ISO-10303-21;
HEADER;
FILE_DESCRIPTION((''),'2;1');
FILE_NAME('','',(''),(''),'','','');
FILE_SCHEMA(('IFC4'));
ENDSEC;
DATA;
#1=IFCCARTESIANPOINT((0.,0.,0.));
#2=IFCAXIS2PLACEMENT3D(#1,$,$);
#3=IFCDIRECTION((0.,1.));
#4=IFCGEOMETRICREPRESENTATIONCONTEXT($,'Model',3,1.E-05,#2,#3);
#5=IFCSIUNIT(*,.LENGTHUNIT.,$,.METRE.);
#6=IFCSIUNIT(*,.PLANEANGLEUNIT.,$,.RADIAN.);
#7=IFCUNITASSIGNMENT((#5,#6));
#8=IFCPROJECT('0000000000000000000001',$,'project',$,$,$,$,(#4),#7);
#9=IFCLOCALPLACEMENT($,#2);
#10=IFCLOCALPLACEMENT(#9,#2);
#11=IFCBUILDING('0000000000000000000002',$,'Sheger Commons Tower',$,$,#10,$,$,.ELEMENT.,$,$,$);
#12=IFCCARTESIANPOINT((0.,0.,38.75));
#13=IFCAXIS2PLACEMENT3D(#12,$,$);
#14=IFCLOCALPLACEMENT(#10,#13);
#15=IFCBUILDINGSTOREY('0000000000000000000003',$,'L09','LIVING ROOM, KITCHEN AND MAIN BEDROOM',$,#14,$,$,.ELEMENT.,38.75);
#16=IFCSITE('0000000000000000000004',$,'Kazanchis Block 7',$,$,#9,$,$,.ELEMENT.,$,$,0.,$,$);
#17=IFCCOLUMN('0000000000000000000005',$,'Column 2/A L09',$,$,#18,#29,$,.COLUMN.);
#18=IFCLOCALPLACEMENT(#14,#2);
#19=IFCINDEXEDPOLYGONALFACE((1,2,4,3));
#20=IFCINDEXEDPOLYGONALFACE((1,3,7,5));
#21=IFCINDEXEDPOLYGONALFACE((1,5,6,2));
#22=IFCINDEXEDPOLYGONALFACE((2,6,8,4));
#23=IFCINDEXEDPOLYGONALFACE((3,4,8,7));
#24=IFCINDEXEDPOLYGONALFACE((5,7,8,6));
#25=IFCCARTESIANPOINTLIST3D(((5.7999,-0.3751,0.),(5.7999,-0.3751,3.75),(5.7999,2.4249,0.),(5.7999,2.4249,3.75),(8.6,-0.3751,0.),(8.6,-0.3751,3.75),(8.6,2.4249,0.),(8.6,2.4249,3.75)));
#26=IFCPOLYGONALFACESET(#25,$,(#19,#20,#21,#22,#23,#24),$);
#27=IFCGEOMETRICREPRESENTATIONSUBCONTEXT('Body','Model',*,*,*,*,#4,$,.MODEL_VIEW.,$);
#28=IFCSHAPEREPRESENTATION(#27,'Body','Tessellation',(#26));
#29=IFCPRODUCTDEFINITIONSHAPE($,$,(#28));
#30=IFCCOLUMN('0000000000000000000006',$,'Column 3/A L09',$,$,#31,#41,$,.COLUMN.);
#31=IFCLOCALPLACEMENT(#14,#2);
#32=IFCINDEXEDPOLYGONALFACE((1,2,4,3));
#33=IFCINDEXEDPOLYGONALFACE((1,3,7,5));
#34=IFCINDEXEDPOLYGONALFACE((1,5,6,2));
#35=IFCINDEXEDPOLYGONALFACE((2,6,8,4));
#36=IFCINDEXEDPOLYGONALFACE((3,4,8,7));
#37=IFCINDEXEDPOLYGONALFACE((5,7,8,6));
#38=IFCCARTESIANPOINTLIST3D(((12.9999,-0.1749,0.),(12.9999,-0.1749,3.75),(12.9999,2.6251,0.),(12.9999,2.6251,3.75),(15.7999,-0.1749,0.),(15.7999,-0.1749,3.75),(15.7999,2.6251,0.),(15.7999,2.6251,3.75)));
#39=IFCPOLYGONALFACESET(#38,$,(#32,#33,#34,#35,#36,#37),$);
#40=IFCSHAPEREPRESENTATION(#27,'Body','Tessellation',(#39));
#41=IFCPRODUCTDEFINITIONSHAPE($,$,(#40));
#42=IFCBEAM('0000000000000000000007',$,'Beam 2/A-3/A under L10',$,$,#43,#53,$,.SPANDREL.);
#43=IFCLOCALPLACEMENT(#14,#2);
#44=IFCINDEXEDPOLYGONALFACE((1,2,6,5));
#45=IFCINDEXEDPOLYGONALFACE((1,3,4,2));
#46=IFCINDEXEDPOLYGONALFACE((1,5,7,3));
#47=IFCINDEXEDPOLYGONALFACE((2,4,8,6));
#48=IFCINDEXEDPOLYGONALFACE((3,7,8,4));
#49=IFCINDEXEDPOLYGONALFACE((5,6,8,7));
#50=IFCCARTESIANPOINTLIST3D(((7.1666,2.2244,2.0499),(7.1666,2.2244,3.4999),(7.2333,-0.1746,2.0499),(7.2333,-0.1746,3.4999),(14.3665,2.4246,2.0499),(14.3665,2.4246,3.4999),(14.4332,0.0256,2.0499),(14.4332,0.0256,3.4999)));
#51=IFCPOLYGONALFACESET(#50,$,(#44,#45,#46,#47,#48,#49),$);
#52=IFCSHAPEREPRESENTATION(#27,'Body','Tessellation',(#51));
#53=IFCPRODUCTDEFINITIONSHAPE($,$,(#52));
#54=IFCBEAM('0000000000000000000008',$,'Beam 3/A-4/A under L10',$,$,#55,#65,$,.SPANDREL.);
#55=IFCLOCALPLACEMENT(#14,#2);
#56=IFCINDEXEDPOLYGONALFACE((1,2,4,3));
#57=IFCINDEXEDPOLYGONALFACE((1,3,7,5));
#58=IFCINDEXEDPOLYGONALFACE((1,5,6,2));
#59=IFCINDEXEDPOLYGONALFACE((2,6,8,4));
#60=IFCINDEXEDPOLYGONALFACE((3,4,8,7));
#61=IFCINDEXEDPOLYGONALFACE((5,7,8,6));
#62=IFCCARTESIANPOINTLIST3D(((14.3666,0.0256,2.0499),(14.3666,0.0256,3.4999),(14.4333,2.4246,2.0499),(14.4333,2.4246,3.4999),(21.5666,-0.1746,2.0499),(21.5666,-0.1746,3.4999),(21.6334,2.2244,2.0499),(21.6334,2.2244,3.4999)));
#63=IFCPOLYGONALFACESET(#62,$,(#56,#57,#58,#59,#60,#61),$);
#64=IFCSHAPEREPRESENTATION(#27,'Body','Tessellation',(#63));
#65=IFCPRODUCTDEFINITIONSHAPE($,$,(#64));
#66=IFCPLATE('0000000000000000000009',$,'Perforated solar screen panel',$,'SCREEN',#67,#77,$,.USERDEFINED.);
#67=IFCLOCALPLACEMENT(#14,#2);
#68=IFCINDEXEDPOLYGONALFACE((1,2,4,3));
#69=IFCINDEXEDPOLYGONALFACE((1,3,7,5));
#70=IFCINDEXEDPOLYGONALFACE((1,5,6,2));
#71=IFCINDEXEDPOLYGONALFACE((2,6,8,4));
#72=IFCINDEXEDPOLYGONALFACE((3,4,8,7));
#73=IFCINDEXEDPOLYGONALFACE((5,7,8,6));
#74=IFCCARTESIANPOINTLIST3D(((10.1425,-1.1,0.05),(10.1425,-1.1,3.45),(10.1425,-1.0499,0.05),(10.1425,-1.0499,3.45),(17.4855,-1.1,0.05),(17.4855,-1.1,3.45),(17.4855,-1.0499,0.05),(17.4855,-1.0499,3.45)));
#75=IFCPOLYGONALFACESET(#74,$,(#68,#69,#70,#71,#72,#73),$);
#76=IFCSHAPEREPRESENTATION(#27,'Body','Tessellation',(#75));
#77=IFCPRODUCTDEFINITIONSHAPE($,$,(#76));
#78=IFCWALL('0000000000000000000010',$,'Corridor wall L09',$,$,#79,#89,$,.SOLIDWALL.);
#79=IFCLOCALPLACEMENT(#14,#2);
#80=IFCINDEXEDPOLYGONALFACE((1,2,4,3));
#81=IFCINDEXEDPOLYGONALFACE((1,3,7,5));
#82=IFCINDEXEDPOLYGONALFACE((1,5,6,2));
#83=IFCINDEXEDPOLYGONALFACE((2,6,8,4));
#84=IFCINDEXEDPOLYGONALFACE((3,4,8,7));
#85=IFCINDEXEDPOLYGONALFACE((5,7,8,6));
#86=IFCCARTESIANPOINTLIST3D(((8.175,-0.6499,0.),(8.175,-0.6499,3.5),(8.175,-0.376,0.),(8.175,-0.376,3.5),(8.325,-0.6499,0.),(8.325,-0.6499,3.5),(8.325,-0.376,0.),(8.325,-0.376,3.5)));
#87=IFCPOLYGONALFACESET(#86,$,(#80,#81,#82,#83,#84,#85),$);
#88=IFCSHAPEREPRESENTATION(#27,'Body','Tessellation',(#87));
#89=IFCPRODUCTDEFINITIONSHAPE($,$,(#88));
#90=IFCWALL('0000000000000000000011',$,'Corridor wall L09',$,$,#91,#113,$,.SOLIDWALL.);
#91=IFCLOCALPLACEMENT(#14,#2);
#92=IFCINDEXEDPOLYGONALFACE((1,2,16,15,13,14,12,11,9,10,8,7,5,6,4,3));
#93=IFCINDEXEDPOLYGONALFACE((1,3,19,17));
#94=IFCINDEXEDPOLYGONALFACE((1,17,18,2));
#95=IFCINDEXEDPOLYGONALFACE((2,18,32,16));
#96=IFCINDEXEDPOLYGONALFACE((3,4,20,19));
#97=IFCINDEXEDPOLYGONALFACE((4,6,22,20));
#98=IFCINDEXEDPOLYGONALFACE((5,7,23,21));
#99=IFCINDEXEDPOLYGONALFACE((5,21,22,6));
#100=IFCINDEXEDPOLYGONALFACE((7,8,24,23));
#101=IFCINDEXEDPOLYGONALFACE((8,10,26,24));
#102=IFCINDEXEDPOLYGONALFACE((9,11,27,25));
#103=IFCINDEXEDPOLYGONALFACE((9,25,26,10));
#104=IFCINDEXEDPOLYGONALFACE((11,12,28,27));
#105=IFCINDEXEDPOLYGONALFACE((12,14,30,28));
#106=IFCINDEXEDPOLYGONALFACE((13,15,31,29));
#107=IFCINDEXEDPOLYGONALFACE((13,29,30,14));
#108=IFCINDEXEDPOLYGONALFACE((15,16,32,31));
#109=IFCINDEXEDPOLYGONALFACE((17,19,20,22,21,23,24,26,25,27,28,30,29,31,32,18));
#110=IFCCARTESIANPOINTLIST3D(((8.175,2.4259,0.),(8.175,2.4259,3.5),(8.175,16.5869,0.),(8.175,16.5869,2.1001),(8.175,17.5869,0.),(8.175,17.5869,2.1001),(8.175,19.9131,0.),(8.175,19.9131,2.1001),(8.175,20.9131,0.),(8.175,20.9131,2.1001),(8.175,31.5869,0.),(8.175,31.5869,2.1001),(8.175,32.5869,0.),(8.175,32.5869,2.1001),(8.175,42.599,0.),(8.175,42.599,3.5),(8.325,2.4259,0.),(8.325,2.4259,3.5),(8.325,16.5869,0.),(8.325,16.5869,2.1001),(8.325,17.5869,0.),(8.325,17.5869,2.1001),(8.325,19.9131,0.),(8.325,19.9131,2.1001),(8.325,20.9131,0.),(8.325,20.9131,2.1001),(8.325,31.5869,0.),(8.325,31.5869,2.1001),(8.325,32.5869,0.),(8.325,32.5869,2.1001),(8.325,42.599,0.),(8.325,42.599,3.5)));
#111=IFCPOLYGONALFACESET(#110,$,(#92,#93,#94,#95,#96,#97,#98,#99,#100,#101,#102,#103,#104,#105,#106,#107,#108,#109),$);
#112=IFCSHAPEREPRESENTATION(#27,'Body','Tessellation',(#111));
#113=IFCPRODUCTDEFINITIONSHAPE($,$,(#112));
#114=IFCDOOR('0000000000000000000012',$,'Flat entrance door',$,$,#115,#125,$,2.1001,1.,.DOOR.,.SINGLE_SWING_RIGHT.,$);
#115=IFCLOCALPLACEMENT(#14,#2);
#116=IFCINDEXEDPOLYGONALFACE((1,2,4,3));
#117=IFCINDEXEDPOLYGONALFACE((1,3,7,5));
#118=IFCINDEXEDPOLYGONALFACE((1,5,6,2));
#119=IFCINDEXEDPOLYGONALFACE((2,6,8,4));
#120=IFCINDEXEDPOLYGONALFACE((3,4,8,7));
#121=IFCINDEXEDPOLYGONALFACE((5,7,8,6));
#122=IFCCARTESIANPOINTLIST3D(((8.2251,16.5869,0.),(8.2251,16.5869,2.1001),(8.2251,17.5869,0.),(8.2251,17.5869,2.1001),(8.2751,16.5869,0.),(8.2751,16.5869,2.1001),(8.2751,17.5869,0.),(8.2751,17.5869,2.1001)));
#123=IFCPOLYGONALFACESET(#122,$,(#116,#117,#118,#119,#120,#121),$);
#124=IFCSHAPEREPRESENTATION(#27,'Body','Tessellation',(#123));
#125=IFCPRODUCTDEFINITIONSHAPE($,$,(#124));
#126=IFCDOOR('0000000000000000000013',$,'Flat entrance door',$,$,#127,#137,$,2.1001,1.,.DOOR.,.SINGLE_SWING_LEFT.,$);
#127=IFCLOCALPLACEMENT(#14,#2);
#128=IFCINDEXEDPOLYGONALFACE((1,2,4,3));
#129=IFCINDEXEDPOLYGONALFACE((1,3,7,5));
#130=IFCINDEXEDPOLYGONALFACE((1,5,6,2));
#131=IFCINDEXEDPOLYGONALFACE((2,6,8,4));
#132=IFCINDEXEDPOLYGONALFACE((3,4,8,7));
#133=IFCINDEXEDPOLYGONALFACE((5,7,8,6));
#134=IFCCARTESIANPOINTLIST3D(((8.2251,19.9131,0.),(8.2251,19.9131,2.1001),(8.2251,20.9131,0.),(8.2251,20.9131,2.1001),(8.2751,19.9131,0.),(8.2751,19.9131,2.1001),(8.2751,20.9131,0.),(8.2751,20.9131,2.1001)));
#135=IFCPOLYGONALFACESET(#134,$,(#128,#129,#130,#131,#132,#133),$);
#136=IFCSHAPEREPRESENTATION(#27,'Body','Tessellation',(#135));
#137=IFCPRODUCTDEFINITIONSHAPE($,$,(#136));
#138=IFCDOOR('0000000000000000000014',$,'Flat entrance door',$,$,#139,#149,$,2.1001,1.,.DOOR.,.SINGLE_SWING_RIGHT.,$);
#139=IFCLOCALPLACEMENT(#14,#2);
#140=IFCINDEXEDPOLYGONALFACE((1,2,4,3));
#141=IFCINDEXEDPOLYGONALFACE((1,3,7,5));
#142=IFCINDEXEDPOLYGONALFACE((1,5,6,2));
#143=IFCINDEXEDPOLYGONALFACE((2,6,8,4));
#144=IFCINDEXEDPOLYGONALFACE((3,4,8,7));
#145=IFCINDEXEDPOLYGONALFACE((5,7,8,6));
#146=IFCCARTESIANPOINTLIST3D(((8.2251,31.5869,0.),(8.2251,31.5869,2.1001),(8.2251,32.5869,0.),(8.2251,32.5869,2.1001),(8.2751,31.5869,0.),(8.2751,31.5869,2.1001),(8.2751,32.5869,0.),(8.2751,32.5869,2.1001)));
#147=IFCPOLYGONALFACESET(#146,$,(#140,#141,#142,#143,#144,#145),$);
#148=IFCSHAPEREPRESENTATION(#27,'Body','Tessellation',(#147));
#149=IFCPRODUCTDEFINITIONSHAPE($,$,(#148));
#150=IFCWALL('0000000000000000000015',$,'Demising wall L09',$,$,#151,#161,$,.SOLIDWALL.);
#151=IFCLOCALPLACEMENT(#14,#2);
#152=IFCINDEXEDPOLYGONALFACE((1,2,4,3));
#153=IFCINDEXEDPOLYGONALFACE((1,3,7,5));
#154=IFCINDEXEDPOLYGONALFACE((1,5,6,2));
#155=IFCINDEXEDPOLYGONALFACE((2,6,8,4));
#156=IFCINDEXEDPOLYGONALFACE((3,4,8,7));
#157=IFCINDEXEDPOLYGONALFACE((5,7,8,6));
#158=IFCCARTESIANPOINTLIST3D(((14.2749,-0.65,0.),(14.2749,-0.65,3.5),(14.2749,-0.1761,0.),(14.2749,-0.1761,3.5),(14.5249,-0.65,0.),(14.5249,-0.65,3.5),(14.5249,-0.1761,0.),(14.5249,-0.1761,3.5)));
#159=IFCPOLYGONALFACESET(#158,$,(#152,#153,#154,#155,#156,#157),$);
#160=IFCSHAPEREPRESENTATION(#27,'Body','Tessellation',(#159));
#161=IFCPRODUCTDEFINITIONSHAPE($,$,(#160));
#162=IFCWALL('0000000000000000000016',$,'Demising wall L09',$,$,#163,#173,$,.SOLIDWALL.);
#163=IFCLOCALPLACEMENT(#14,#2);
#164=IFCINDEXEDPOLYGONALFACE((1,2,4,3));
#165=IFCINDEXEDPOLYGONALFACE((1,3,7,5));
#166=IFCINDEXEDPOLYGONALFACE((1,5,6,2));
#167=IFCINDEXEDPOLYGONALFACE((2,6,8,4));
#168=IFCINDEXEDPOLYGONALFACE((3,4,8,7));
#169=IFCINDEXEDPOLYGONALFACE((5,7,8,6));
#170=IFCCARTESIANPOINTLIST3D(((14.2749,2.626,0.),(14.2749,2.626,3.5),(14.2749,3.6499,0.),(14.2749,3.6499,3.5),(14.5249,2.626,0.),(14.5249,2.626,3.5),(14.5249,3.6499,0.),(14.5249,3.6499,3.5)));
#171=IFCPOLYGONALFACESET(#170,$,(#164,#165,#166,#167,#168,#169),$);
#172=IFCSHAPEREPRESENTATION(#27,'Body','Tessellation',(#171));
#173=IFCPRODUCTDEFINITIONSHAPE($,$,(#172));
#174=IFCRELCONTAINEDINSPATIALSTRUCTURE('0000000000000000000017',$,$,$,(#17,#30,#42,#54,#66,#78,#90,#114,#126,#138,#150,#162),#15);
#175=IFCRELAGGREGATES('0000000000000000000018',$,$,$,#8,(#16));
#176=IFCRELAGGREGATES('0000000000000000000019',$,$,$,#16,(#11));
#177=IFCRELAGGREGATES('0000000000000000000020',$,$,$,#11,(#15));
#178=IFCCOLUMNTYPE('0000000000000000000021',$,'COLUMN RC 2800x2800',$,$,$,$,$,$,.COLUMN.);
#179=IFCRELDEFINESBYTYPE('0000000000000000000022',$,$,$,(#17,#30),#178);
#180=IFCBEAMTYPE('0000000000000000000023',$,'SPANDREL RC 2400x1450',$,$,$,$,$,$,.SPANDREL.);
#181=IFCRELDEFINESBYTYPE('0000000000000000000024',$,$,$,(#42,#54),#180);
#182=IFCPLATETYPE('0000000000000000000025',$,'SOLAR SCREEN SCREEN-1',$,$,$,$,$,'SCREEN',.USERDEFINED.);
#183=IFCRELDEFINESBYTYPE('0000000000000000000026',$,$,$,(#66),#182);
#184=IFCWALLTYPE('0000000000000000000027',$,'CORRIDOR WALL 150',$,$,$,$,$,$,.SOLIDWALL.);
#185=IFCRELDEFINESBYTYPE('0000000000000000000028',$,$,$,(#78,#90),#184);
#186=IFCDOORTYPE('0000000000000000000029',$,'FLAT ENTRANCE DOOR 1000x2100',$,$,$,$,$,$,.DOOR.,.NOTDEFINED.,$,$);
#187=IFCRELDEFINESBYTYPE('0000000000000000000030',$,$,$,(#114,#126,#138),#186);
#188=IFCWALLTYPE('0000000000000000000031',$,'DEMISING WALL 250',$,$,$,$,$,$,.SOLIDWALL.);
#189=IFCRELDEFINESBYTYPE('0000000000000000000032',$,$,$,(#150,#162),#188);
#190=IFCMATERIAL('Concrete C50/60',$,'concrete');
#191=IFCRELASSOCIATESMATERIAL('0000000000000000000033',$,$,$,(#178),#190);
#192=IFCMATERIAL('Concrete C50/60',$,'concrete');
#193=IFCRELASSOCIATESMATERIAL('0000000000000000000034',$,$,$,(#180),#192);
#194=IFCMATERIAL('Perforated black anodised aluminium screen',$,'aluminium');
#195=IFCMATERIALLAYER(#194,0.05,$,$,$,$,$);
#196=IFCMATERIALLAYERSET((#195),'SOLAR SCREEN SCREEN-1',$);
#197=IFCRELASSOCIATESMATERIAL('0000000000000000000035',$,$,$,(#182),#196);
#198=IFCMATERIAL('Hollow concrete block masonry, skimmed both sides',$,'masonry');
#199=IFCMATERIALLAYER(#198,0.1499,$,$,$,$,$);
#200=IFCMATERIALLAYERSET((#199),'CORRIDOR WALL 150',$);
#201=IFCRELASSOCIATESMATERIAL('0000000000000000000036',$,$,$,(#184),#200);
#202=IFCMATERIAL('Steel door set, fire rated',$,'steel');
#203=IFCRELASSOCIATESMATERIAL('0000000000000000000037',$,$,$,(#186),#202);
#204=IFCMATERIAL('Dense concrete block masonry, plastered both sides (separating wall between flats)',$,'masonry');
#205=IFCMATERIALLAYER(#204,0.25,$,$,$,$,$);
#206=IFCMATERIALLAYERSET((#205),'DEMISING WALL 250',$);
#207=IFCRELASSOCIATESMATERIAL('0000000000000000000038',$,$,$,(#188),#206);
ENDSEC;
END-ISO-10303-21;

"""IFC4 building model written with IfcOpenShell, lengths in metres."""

from ifc_helpers import new_model, si_unit, direction, frame, frame_2d, origin, origin_2d, place, context, subcontext, project, spatial, rectangle, extrude, material, layer, layer_set, material_profile, profile_set, type_object, element, fill, save


model = new_model("IFC4")

# Units and contexts
model_context = context("Model", 3, precision=1e-05, world=origin(), true_north=direction((0.0, 1.0)))
body_context = subcontext(model_context, "Body", "Model", "MODEL_VIEW")
ifc_project = project(units=[si_unit("LENGTHUNIT", "METRE"), si_unit("PLANEANGLEUNIT", "RADIAN")], contexts=[model_context])

# Site, building, storey
site_placement = place(None, origin())
site = spatial("IfcSite", under=ifc_project, at=site_placement, Name="Kazanchis Block 7", CompositionType="ELEMENT", RefElevation=0.0)
building_placement = place(site_placement, origin())
building = spatial("IfcBuilding", under=site, at=building_placement, Name="Sheger Commons Tower", CompositionType="ELEMENT")
storey_placement = place(building_placement, frame((0.0, 0.0, 38.75)))
storey = spatial("IfcBuildingStorey", under=building, at=storey_placement, Name="L09", Description="LIVING ROOM, KITCHEN AND MAIN BEDROOM", CompositionType="ELEMENT", Elevation=38.75)

# Columns
ifc_material_1 = material(Name="Concrete C50/60", Category="concrete")
ifc_material_profile_1 = material_profile(ifc_material_1, rectangle(XDim=2.8, YDim=2.8, at=origin_2d()), Name="RC 2800x2800")
ifc_profile_set_1 = profile_set([ifc_material_profile_1], Name="Concrete C50/60")
column_type = type_object("IfcColumnType", Name="COLUMN RC 2800x2800", PredefinedType="COLUMN", material=ifc_profile_set_1)
for number, where, z_axis, x_axis, name in (
    (1, (7.2, 1.0249, 0.0), (0.0, 0.0, 1.0), (1.0, 0.0, 0.0), "Column 2/A L09"),
    (2, (14.3999, 1.2251, 0.0), (0.0, 0.0, 1.0), (1.0, 0.0, 0.0), "Column 3/A L09"),
):
    element("IfcColumn", number, at=place(storey_placement, frame(where, z_axis=z_axis, x_axis=x_axis)), inside=storey, type_object=column_type, Name=name, PredefinedType="COLUMN", context=body_context, shape_type="SweptSolid", body=[
        extrude(rectangle(XDim=2.8, YDim=2.8, at=origin_2d()), origin(), (0.0, 0.0, 1.0), 3.75),
    ])

# Beams
ifc_material_2 = material(Name="Concrete C50/60", Category="concrete")
ifc_material_profile_2 = material_profile(ifc_material_2, rectangle(XDim=2.3999, YDim=1.45, at=origin_2d()), Name="RC 2400x1450")
ifc_profile_set_2 = profile_set([ifc_material_profile_2], Name="Concrete C50/60")
beam_type = type_object("IfcBeamType", Name="SPANDREL RC 2400x1450", PredefinedType="SPANDREL", material=ifc_profile_set_2)
beam_1_placement = place(storey_placement, frame((7.2, 1.0249, 2.7749), z_axis=(0.999614, 0.027794, 0.0), x_axis=(-0.027794, 0.999614, 0.0)))
element("IfcBeam", 3, at=beam_1_placement, inside=storey, type_object=beam_type, Name="Beam 2/A-3/A under L10", PredefinedType="SPANDREL", context=body_context, shape_type="SweptSolid", body=[
    extrude(rectangle(XDim=2.3999, YDim=1.45, at=origin_2d()), origin(), (0.0, 0.0, 1.0), 7.2026),
])
beam_2_placement = place(storey_placement, frame((14.3999, 1.2251, 2.7749), z_axis=(0.999614, -0.027793, 0.0), x_axis=(0.027793, 0.999614, 0.0)))
element("IfcBeam", 4, at=beam_2_placement, inside=storey, type_object=beam_type, Name="Beam 3/A-4/A under L10", PredefinedType="SPANDREL", context=body_context, shape_type="SweptSolid", body=[
    extrude(rectangle(XDim=2.3999, YDim=1.45, at=origin_2d()), origin(), (0.0, 0.0, 1.0), 7.2029),
])

# Plate
ifc_material_3 = material(Name="Perforated black anodised aluminium screen", Category="aluminium")
ifc_layer_1 = layer(ifc_material_3, 0.05)
ifc_layer_set_1 = layer_set([ifc_layer_1], Name="SOLAR SCREEN SCREEN-1")
plate_type = type_object("IfcPlateType", Name="SOLAR SCREEN SCREEN-1", ElementType="SCREEN", PredefinedType="USERDEFINED", material=ifc_layer_set_1)
plate_placement = place(storey_placement, frame((13.814, -1.075, 0.05), z_axis=(0.0, 0.0, 1.0), x_axis=(1.0, 0.0, 0.0)))
element("IfcPlate", 5, at=plate_placement, inside=storey, type_object=plate_type, Name="Perforated solar screen panel", ObjectType="SCREEN", PredefinedType="USERDEFINED", context=body_context, shape_type="SweptSolid", body=[
    extrude(rectangle(XDim=7.343, YDim=0.05, at=origin_2d()), origin(), (0.0, 0.0, 1.0), 3.3999),
])

# Wall
ifc_material_4 = material(Name="Hollow concrete block masonry, skimmed both sides", Category="masonry")
ifc_layer_2 = layer(ifc_material_4, 0.1499)
ifc_layer_set_2 = layer_set([ifc_layer_2], Name="CORRIDOR WALL 150")
wall_type_1 = type_object("IfcWallType", Name="CORRIDOR WALL 150", PredefinedType="SOLIDWALL", material=ifc_layer_set_2)
wall_1_placement = place(storey_placement, frame((8.25, -0.6499, 0.0), z_axis=(0.0, 0.0, 1.0), x_axis=(0.0, 1.0, 0.0)))
element("IfcWall", 6, at=wall_1_placement, inside=storey, type_object=wall_type_1, Name="Corridor wall L09", PredefinedType="SOLIDWALL", context=body_context, shape_type="SweptSolid", body=[
    extrude(rectangle(XDim=0.2739, YDim=0.1499, at=frame_2d((0.137, 0.0))), origin(), (0.0, 0.0, 1.0), 3.5),
])

# Wall, openings, doors
wall_2_placement = place(storey_placement, frame((8.25, 2.426, 0.0), z_axis=(0.0, 0.0, 1.0), x_axis=(0.0, 1.0, 0.0)))
wall_2 = element("IfcWall", 7, at=wall_2_placement, inside=storey, type_object=wall_type_1, Name="Corridor wall L09", PredefinedType="SOLIDWALL", context=body_context, shape_type="SweptSolid", body=[
    extrude(rectangle(XDim=40.1731, YDim=0.1499, at=frame_2d((20.0864, 0.0))), origin(), (0.0, 0.0, 1.0), 3.5),
])
opening_1_placement = place(wall_2_placement, frame((14.1609, 0.0, 0.0)))
opening_1 = element("IfcOpeningElement", 8, at=opening_1_placement, cuts=wall_2, PredefinedType="OPENING", context=body_context, shape_type="SweptSolid", body=[
    extrude(rectangle(XDim=1.0, YDim=2.1001, at=frame_2d((0.5, 1.05))), frame((0.0, 0.085, 0.0), z_axis=(0.0, -1.0, 0.0), x_axis=(1.0, 0.0, 0.0)), (0.0, 0.0, 1.0), 0.1699),
])
opening_2_placement = place(wall_2_placement, frame((17.4871, 0.0, 0.0)))
opening_2 = element("IfcOpeningElement", 9, at=opening_2_placement, cuts=wall_2, PredefinedType="OPENING", context=body_context, shape_type="SweptSolid", body=[
    extrude(rectangle(XDim=1.0, YDim=2.1001, at=frame_2d((0.5, 1.05))), frame((0.0, 0.085, 0.0), z_axis=(0.0, -1.0, 0.0), x_axis=(1.0, 0.0, 0.0)), (0.0, 0.0, 1.0), 0.1699),
])
opening_3_placement = place(wall_2_placement, frame((29.1609, 0.0, 0.0)))
opening_3 = element("IfcOpeningElement", 10, at=opening_3_placement, cuts=wall_2, PredefinedType="OPENING", context=body_context, shape_type="SweptSolid", body=[
    extrude(rectangle(XDim=1.0, YDim=2.1001, at=frame_2d((0.5, 1.05))), frame((0.0, 0.085, 0.0), z_axis=(0.0, -1.0, 0.0), x_axis=(1.0, 0.0, 0.0)), (0.0, 0.0, 1.0), 0.1699),
])
ifc_material_5 = material(Name="Steel door set, fire rated", Category="steel")
door_type = type_object("IfcDoorType", Name="FLAT ENTRANCE DOOR 1000x2100", OperationType="NOTDEFINED", PredefinedType="DOOR", material=ifc_material_5)
door_1_placement = place(opening_1_placement, origin())
door_1 = element("IfcDoor", 11, at=door_1_placement, inside=storey, type_object=door_type, Name="Flat entrance door", OperationType="SINGLE_SWING_RIGHT", OverallHeight=2.1001, OverallWidth=1.0, PredefinedType="DOOR", context=body_context, shape_type="SweptSolid", body=[
    extrude(rectangle(XDim=1.0, YDim=2.1001, at=frame_2d((0.5, 1.05))), frame((0.0, 0.0249, 0.0), z_axis=(0.0, -1.0, 0.0), x_axis=(1.0, 0.0, 0.0)), (0.0, 0.0, 1.0), 0.05),
])
fill(opening_1, door_1)
door_2_placement = place(opening_2_placement, origin())
door_2 = element("IfcDoor", 12, at=door_2_placement, inside=storey, type_object=door_type, Name="Flat entrance door", OperationType="SINGLE_SWING_LEFT", OverallHeight=2.1001, OverallWidth=1.0, PredefinedType="DOOR", context=body_context, shape_type="SweptSolid", body=[
    extrude(rectangle(XDim=1.0, YDim=2.1001, at=frame_2d((0.5, 1.05))), frame((0.0, 0.0249, 0.0), z_axis=(0.0, -1.0, 0.0), x_axis=(1.0, 0.0, 0.0)), (0.0, 0.0, 1.0), 0.05),
])
fill(opening_2, door_2)
door_3_placement = place(opening_3_placement, origin())
door_3 = element("IfcDoor", 13, at=door_3_placement, inside=storey, type_object=door_type, Name="Flat entrance door", OperationType="SINGLE_SWING_RIGHT", OverallHeight=2.1001, OverallWidth=1.0, PredefinedType="DOOR", context=body_context, shape_type="SweptSolid", body=[
    extrude(rectangle(XDim=1.0, YDim=2.1001, at=frame_2d((0.5, 1.05))), frame((0.0, 0.0249, 0.0), z_axis=(0.0, -1.0, 0.0), x_axis=(1.0, 0.0, 0.0)), (0.0, 0.0, 1.0), 0.05),
])
fill(opening_3, door_3)

# Walls
ifc_material_6 = material(Name="Dense concrete block masonry, plastered both sides (separating wall between flats)", Category="masonry")
ifc_layer_3 = layer(ifc_material_6, 0.25)
ifc_layer_set_3 = layer_set([ifc_layer_3], Name="DEMISING WALL 250")
wall_type_2 = type_object("IfcWallType", Name="DEMISING WALL 250", PredefinedType="SOLIDWALL", material=ifc_layer_set_3)
wall_3_placement = place(storey_placement, frame((14.3999, -0.6499, 0.0), z_axis=(0.0, 0.0, 1.0), x_axis=(0.0, 1.0, 0.0)))
element("IfcWall", 14, at=wall_3_placement, inside=storey, type_object=wall_type_2, Name="Demising wall L09", PredefinedType="SOLIDWALL", context=body_context, shape_type="SweptSolid", body=[
    extrude(rectangle(XDim=0.4739, YDim=0.25, at=frame_2d((0.2368, 0.0))), origin(), (0.0, 0.0, 1.0), 3.5),
])
wall_4_placement = place(storey_placement, frame((14.3999, 2.626, 0.0), z_axis=(0.0, 0.0, 1.0), x_axis=(0.0, 1.0, 0.0)))
element("IfcWall", 15, at=wall_4_placement, inside=storey, type_object=wall_type_2, Name="Demising wall L09", PredefinedType="SOLIDWALL", context=body_context, shape_type="SweptSolid", body=[
    extrude(rectangle(XDim=1.0239, YDim=0.25, at=frame_2d((0.512, 0.0))), origin(), (0.0, 0.0, 1.0), 3.5),
])

save(model, "model.ifc")
